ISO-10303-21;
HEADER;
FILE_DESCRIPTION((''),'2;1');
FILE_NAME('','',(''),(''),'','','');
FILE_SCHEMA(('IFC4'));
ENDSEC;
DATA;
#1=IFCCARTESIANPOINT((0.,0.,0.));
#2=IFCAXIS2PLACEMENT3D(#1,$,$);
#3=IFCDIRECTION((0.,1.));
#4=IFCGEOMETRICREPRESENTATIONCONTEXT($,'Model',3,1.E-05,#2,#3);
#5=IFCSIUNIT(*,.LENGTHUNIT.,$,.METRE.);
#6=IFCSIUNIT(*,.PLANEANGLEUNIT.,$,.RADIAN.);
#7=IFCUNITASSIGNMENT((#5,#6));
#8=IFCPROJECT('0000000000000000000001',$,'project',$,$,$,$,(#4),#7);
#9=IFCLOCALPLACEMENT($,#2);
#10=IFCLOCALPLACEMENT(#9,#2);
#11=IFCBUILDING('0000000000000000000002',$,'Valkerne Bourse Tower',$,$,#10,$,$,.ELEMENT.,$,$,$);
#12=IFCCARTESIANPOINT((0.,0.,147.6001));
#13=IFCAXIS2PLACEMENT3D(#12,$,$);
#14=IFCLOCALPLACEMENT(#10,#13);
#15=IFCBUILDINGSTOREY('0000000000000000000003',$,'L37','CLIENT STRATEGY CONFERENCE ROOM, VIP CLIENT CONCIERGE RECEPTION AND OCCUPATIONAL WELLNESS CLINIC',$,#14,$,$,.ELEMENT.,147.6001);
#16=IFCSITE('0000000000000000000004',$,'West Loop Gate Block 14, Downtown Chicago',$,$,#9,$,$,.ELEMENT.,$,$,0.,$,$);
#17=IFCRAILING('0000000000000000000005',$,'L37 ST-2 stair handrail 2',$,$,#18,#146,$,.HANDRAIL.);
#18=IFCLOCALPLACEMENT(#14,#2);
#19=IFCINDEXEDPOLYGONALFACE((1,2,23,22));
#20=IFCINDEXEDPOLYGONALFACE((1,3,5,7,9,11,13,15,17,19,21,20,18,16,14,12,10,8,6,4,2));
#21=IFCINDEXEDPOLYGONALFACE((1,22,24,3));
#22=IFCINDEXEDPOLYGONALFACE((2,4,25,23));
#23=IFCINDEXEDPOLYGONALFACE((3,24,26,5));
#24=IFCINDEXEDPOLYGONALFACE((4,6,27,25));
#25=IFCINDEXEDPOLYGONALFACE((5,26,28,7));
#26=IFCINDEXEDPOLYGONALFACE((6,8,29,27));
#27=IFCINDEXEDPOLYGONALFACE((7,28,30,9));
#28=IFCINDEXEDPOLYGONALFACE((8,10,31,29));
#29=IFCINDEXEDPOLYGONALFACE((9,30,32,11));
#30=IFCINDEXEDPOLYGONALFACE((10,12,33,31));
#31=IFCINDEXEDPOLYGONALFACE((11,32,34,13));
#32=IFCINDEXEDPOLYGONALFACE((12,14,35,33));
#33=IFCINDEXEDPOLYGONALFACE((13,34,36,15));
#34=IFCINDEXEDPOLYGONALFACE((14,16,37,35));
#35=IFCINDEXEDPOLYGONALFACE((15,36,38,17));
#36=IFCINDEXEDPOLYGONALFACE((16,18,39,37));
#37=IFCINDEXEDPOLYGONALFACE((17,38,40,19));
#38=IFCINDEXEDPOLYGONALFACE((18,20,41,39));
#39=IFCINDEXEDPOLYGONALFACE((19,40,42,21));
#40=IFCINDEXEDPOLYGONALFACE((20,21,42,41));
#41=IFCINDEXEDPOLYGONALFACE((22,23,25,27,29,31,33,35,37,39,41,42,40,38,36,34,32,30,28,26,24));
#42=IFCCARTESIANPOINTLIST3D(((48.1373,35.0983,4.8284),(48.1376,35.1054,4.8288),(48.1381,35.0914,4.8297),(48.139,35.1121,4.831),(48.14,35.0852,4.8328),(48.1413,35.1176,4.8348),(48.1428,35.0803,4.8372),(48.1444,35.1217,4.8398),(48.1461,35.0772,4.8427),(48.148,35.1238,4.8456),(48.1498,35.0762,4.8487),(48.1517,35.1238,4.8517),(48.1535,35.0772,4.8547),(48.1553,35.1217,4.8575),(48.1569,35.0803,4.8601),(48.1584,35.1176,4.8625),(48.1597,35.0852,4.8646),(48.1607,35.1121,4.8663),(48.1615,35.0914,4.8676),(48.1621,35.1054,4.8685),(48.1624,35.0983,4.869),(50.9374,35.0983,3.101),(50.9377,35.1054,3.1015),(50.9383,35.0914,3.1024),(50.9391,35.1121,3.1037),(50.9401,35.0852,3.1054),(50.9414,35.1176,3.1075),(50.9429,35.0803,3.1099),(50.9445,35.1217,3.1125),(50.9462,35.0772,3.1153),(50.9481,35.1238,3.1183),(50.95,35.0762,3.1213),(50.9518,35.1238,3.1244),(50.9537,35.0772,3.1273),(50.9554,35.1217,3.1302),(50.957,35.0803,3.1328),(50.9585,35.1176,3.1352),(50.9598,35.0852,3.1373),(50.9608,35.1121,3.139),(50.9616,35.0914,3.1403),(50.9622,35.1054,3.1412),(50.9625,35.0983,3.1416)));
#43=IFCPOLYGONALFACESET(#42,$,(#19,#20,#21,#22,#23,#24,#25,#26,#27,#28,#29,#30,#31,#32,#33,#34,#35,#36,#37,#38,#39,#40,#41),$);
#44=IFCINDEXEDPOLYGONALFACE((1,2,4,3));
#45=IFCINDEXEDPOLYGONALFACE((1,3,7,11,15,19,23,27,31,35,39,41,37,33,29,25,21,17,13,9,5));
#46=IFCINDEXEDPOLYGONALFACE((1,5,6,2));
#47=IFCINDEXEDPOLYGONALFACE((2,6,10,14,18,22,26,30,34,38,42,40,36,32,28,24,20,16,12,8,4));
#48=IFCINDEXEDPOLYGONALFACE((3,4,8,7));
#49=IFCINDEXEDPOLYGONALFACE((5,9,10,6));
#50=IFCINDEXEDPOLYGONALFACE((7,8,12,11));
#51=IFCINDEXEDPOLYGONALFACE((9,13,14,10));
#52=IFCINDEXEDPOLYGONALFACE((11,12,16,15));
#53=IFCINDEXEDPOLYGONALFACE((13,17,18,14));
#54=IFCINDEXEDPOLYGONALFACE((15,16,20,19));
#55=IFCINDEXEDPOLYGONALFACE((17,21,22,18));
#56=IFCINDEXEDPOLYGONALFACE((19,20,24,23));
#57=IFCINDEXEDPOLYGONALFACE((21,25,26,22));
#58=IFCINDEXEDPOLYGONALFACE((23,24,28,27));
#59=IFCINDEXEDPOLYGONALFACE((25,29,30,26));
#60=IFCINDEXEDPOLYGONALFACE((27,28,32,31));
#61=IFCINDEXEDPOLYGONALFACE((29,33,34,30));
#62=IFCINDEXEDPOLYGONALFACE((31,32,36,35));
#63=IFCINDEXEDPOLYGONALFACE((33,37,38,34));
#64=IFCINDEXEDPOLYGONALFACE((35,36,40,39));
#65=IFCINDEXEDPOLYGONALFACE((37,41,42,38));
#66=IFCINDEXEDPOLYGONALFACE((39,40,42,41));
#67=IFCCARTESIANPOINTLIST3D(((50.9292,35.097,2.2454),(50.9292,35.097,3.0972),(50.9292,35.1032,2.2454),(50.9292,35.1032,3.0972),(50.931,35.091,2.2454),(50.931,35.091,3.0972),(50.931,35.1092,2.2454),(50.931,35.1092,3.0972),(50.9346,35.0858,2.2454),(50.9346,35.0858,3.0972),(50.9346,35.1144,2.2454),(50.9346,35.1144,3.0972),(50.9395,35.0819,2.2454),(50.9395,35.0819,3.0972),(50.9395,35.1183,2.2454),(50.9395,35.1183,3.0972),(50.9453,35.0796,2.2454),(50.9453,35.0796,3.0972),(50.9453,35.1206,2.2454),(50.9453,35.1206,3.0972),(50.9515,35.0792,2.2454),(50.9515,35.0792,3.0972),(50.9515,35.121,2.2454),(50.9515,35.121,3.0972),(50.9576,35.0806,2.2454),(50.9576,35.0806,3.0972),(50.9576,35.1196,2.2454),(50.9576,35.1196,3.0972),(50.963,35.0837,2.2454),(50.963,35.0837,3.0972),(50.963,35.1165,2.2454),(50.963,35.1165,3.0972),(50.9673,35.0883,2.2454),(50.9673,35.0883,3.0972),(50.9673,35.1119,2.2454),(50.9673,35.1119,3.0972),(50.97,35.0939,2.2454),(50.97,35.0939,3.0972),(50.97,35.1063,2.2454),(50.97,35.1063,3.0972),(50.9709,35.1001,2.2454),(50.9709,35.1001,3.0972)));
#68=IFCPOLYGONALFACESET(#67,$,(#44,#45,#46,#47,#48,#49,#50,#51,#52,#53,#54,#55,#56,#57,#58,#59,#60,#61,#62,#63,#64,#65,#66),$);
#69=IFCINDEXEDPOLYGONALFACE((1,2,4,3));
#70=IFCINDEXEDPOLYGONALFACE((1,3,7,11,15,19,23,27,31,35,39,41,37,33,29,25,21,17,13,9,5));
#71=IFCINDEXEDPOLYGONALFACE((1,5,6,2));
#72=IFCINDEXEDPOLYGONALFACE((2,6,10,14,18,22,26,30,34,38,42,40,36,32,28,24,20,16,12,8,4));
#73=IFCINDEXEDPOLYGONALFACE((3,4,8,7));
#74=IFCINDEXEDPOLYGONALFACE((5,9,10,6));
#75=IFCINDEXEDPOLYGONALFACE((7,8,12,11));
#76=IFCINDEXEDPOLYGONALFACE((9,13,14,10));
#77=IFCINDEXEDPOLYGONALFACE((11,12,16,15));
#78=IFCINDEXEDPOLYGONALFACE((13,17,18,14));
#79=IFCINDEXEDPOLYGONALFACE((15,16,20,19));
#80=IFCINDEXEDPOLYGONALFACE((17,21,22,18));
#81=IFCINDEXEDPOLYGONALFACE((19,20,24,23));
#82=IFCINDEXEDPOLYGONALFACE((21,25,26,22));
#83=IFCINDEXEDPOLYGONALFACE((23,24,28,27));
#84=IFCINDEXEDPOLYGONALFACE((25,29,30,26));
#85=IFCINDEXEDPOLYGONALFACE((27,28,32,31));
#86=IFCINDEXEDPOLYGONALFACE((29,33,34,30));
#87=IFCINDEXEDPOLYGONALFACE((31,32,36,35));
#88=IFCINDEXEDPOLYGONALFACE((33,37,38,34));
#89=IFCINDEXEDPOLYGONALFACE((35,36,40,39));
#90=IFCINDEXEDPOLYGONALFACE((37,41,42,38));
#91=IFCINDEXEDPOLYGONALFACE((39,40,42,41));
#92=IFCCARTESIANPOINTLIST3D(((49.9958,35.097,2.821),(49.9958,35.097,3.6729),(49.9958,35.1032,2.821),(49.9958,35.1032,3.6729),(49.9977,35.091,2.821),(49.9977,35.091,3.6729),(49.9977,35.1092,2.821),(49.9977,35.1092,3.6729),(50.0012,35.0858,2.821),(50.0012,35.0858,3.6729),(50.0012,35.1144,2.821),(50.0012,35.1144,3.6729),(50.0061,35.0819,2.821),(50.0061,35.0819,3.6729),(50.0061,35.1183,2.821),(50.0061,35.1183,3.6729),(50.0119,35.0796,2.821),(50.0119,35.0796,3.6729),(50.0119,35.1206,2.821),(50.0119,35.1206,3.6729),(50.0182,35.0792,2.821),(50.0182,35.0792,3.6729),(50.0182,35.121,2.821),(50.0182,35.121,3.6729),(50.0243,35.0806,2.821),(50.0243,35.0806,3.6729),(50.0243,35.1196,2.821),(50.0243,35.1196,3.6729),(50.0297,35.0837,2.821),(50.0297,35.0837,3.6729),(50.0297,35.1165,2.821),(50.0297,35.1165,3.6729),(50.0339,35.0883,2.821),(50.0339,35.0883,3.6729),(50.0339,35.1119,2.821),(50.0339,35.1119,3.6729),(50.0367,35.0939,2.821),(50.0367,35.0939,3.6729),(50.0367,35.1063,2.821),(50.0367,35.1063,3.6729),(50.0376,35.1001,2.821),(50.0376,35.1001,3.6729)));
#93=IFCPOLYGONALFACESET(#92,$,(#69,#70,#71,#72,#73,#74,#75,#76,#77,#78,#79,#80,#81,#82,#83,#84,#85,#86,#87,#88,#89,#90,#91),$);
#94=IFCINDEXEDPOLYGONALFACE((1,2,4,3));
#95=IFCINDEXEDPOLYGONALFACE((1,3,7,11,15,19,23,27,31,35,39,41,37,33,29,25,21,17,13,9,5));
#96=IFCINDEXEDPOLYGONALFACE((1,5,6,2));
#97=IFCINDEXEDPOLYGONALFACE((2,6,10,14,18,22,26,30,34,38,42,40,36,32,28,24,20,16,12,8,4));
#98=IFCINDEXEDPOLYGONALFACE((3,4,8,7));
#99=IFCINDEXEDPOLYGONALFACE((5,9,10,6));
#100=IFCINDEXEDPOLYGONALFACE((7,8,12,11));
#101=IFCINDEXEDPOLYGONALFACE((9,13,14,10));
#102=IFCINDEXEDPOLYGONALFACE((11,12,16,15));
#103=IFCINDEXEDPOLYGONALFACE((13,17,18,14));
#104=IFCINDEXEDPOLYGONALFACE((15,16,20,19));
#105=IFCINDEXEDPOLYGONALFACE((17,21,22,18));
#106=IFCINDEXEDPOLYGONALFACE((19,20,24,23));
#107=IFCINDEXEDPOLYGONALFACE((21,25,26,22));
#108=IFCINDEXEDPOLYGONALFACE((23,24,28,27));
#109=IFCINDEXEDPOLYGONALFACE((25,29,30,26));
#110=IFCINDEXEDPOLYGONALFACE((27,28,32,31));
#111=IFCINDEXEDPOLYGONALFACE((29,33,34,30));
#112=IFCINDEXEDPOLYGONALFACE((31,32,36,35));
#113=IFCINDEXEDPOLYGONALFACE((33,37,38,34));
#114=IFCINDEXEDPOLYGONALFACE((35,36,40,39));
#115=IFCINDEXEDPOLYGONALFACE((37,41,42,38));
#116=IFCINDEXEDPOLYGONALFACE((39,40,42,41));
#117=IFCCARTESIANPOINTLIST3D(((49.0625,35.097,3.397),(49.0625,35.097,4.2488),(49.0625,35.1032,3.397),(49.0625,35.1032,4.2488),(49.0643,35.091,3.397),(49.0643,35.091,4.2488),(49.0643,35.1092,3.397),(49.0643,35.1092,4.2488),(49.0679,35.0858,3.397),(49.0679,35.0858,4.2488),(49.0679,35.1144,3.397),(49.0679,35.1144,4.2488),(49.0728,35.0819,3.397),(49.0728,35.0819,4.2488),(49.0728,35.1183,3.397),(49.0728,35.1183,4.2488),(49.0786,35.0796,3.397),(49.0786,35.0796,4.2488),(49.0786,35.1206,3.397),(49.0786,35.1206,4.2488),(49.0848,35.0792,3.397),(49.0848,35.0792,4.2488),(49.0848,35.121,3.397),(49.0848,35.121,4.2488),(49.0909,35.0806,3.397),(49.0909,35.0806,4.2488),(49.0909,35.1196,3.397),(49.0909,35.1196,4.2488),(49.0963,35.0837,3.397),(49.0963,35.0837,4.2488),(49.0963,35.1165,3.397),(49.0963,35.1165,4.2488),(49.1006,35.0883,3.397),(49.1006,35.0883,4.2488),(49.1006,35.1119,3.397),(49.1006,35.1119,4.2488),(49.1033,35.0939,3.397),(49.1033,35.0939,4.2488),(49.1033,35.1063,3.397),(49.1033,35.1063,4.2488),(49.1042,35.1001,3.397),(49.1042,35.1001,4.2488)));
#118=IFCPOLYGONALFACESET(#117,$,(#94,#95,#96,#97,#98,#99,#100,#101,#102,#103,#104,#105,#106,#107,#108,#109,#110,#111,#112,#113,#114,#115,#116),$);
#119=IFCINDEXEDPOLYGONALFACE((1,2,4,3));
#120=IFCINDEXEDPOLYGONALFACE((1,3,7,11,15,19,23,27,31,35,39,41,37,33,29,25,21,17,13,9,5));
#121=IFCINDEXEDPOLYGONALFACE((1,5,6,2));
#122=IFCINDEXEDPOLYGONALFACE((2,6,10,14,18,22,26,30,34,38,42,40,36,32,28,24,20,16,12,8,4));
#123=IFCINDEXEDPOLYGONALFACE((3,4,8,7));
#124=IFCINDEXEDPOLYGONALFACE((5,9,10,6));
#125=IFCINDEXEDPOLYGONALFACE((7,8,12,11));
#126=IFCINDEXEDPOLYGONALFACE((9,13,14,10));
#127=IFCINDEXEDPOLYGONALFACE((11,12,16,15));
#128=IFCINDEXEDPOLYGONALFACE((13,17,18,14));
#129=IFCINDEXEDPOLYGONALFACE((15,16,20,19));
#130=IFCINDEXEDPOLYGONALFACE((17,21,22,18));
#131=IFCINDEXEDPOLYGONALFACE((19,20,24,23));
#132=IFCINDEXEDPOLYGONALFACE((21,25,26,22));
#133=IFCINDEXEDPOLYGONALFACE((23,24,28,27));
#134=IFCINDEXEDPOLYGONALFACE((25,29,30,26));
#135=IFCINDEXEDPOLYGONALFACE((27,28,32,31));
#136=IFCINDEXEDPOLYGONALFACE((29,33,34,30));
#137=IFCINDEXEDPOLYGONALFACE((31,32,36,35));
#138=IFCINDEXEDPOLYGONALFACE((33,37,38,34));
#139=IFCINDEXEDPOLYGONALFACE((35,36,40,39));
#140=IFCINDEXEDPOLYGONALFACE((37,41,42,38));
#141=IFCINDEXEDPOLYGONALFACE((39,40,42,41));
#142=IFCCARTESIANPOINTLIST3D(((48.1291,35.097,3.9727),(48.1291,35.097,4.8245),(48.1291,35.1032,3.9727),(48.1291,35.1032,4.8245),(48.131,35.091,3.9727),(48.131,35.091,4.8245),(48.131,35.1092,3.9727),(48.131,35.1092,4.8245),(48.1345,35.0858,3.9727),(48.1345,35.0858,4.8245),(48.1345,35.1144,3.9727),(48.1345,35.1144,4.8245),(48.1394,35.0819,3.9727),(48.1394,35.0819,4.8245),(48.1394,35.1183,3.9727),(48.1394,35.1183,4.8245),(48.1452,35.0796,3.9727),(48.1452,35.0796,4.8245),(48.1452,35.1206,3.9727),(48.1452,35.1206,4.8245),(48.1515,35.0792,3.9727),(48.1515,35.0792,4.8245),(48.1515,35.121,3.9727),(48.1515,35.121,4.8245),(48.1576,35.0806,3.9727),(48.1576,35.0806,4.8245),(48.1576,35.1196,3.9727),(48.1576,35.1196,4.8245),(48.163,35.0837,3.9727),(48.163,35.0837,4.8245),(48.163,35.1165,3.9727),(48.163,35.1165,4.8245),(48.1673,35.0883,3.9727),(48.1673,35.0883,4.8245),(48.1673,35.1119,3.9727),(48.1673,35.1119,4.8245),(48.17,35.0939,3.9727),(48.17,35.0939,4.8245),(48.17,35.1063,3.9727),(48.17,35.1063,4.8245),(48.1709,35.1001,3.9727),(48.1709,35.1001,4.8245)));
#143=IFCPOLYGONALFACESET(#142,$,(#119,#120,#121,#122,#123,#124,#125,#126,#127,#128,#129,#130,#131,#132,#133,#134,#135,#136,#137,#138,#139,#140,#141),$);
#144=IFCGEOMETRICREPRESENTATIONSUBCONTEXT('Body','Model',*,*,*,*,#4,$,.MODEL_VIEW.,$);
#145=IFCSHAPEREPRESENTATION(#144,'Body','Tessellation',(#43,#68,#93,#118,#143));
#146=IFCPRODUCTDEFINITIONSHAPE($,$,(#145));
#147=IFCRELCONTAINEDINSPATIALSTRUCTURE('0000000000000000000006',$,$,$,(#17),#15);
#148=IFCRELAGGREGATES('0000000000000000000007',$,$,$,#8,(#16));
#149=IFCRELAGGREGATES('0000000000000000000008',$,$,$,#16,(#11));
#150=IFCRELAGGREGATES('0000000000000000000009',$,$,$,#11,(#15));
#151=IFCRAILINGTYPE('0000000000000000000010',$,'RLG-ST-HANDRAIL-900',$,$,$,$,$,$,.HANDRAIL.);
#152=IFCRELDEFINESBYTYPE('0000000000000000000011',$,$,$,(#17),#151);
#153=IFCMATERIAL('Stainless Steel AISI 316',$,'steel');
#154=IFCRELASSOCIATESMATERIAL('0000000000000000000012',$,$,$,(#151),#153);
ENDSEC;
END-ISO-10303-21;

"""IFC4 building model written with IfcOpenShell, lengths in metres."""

from ifc_helpers import new_model, si_unit, direction, frame, origin, origin_2d, place, context, subcontext, project, spatial, circle, extrude, material, type_object, element, save


model = new_model("IFC4")

# Units and contexts
model_context = context("Model", 3, precision=1e-05, world=origin(), true_north=direction((0.0, 1.0)))
body_context = subcontext(model_context, "Body", "Model", "MODEL_VIEW")
ifc_project = project(units=[si_unit("LENGTHUNIT", "METRE"), si_unit("PLANEANGLEUNIT", "RADIAN")], contexts=[model_context])

# Site, building, storey
site_placement = place(None, origin())
site = spatial("IfcSite", under=ifc_project, at=site_placement, Name="West Loop Gate Block 14, Downtown Chicago", CompositionType="ELEMENT", RefElevation=0.0)
building_placement = place(site_placement, origin())
building = spatial("IfcBuilding", under=site, at=building_placement, Name="Valkerne Bourse Tower", CompositionType="ELEMENT")
storey_placement = place(building_placement, frame((0.0, 0.0, 147.6001)))
storey = spatial("IfcBuildingStorey", under=building, at=storey_placement, Name="L37", Description="CLIENT STRATEGY CONFERENCE ROOM, VIP CLIENT CONCIERGE RECEPTION AND OCCUPATIONAL WELLNESS CLINIC", CompositionType="ELEMENT", Elevation=147.6001)

# Shared definitions
ifc_material_1 = material(Name="Stainless Steel AISI 316", Category="steel")

# Railing
railing_type_1 = type_object("IfcRailingType", Name="RLG-ST-HANDRAIL-900", PredefinedType="HANDRAIL", material=ifc_material_1)
railing_1_placement = place(storey_placement, frame((50.95, 35.1001, 2.2454)))
element("IfcRailing", 1, at=railing_1_placement, inside=storey, type_object=railing_type_1, Name="L37 ST-2 stair handrail 2", PredefinedType="HANDRAIL", context=body_context, shape_type="SweptSolid", body=[
    extrude(circle(Radius=0.0239, at=origin_2d()), frame((0.0, 0.0, 0.876), z_axis=(-0.85109, 0.0, 0.52502), x_axis=(0.0, -1.0, 0.0)), (0.0, 0.0, 1.0), 3.29),
    extrude(circle(Radius=0.021, at=origin_2d()), origin(), (0.0, 0.0, 1.0), 0.8518),
    extrude(circle(Radius=0.021, at=origin_2d()), frame((-0.9333, 0.0, 0.5757)), (0.0, 0.0, 1.0), 0.8518),
    extrude(circle(Radius=0.021, at=origin_2d()), frame((-1.8667, 0.0, 1.1516)), (0.0, 0.0, 1.0), 0.8518),
    extrude(circle(Radius=0.021, at=origin_2d()), frame((-2.8, 0.0, 1.7273)), (0.0, 0.0, 1.0), 0.8518),
])

save(model, "model.ifc")
